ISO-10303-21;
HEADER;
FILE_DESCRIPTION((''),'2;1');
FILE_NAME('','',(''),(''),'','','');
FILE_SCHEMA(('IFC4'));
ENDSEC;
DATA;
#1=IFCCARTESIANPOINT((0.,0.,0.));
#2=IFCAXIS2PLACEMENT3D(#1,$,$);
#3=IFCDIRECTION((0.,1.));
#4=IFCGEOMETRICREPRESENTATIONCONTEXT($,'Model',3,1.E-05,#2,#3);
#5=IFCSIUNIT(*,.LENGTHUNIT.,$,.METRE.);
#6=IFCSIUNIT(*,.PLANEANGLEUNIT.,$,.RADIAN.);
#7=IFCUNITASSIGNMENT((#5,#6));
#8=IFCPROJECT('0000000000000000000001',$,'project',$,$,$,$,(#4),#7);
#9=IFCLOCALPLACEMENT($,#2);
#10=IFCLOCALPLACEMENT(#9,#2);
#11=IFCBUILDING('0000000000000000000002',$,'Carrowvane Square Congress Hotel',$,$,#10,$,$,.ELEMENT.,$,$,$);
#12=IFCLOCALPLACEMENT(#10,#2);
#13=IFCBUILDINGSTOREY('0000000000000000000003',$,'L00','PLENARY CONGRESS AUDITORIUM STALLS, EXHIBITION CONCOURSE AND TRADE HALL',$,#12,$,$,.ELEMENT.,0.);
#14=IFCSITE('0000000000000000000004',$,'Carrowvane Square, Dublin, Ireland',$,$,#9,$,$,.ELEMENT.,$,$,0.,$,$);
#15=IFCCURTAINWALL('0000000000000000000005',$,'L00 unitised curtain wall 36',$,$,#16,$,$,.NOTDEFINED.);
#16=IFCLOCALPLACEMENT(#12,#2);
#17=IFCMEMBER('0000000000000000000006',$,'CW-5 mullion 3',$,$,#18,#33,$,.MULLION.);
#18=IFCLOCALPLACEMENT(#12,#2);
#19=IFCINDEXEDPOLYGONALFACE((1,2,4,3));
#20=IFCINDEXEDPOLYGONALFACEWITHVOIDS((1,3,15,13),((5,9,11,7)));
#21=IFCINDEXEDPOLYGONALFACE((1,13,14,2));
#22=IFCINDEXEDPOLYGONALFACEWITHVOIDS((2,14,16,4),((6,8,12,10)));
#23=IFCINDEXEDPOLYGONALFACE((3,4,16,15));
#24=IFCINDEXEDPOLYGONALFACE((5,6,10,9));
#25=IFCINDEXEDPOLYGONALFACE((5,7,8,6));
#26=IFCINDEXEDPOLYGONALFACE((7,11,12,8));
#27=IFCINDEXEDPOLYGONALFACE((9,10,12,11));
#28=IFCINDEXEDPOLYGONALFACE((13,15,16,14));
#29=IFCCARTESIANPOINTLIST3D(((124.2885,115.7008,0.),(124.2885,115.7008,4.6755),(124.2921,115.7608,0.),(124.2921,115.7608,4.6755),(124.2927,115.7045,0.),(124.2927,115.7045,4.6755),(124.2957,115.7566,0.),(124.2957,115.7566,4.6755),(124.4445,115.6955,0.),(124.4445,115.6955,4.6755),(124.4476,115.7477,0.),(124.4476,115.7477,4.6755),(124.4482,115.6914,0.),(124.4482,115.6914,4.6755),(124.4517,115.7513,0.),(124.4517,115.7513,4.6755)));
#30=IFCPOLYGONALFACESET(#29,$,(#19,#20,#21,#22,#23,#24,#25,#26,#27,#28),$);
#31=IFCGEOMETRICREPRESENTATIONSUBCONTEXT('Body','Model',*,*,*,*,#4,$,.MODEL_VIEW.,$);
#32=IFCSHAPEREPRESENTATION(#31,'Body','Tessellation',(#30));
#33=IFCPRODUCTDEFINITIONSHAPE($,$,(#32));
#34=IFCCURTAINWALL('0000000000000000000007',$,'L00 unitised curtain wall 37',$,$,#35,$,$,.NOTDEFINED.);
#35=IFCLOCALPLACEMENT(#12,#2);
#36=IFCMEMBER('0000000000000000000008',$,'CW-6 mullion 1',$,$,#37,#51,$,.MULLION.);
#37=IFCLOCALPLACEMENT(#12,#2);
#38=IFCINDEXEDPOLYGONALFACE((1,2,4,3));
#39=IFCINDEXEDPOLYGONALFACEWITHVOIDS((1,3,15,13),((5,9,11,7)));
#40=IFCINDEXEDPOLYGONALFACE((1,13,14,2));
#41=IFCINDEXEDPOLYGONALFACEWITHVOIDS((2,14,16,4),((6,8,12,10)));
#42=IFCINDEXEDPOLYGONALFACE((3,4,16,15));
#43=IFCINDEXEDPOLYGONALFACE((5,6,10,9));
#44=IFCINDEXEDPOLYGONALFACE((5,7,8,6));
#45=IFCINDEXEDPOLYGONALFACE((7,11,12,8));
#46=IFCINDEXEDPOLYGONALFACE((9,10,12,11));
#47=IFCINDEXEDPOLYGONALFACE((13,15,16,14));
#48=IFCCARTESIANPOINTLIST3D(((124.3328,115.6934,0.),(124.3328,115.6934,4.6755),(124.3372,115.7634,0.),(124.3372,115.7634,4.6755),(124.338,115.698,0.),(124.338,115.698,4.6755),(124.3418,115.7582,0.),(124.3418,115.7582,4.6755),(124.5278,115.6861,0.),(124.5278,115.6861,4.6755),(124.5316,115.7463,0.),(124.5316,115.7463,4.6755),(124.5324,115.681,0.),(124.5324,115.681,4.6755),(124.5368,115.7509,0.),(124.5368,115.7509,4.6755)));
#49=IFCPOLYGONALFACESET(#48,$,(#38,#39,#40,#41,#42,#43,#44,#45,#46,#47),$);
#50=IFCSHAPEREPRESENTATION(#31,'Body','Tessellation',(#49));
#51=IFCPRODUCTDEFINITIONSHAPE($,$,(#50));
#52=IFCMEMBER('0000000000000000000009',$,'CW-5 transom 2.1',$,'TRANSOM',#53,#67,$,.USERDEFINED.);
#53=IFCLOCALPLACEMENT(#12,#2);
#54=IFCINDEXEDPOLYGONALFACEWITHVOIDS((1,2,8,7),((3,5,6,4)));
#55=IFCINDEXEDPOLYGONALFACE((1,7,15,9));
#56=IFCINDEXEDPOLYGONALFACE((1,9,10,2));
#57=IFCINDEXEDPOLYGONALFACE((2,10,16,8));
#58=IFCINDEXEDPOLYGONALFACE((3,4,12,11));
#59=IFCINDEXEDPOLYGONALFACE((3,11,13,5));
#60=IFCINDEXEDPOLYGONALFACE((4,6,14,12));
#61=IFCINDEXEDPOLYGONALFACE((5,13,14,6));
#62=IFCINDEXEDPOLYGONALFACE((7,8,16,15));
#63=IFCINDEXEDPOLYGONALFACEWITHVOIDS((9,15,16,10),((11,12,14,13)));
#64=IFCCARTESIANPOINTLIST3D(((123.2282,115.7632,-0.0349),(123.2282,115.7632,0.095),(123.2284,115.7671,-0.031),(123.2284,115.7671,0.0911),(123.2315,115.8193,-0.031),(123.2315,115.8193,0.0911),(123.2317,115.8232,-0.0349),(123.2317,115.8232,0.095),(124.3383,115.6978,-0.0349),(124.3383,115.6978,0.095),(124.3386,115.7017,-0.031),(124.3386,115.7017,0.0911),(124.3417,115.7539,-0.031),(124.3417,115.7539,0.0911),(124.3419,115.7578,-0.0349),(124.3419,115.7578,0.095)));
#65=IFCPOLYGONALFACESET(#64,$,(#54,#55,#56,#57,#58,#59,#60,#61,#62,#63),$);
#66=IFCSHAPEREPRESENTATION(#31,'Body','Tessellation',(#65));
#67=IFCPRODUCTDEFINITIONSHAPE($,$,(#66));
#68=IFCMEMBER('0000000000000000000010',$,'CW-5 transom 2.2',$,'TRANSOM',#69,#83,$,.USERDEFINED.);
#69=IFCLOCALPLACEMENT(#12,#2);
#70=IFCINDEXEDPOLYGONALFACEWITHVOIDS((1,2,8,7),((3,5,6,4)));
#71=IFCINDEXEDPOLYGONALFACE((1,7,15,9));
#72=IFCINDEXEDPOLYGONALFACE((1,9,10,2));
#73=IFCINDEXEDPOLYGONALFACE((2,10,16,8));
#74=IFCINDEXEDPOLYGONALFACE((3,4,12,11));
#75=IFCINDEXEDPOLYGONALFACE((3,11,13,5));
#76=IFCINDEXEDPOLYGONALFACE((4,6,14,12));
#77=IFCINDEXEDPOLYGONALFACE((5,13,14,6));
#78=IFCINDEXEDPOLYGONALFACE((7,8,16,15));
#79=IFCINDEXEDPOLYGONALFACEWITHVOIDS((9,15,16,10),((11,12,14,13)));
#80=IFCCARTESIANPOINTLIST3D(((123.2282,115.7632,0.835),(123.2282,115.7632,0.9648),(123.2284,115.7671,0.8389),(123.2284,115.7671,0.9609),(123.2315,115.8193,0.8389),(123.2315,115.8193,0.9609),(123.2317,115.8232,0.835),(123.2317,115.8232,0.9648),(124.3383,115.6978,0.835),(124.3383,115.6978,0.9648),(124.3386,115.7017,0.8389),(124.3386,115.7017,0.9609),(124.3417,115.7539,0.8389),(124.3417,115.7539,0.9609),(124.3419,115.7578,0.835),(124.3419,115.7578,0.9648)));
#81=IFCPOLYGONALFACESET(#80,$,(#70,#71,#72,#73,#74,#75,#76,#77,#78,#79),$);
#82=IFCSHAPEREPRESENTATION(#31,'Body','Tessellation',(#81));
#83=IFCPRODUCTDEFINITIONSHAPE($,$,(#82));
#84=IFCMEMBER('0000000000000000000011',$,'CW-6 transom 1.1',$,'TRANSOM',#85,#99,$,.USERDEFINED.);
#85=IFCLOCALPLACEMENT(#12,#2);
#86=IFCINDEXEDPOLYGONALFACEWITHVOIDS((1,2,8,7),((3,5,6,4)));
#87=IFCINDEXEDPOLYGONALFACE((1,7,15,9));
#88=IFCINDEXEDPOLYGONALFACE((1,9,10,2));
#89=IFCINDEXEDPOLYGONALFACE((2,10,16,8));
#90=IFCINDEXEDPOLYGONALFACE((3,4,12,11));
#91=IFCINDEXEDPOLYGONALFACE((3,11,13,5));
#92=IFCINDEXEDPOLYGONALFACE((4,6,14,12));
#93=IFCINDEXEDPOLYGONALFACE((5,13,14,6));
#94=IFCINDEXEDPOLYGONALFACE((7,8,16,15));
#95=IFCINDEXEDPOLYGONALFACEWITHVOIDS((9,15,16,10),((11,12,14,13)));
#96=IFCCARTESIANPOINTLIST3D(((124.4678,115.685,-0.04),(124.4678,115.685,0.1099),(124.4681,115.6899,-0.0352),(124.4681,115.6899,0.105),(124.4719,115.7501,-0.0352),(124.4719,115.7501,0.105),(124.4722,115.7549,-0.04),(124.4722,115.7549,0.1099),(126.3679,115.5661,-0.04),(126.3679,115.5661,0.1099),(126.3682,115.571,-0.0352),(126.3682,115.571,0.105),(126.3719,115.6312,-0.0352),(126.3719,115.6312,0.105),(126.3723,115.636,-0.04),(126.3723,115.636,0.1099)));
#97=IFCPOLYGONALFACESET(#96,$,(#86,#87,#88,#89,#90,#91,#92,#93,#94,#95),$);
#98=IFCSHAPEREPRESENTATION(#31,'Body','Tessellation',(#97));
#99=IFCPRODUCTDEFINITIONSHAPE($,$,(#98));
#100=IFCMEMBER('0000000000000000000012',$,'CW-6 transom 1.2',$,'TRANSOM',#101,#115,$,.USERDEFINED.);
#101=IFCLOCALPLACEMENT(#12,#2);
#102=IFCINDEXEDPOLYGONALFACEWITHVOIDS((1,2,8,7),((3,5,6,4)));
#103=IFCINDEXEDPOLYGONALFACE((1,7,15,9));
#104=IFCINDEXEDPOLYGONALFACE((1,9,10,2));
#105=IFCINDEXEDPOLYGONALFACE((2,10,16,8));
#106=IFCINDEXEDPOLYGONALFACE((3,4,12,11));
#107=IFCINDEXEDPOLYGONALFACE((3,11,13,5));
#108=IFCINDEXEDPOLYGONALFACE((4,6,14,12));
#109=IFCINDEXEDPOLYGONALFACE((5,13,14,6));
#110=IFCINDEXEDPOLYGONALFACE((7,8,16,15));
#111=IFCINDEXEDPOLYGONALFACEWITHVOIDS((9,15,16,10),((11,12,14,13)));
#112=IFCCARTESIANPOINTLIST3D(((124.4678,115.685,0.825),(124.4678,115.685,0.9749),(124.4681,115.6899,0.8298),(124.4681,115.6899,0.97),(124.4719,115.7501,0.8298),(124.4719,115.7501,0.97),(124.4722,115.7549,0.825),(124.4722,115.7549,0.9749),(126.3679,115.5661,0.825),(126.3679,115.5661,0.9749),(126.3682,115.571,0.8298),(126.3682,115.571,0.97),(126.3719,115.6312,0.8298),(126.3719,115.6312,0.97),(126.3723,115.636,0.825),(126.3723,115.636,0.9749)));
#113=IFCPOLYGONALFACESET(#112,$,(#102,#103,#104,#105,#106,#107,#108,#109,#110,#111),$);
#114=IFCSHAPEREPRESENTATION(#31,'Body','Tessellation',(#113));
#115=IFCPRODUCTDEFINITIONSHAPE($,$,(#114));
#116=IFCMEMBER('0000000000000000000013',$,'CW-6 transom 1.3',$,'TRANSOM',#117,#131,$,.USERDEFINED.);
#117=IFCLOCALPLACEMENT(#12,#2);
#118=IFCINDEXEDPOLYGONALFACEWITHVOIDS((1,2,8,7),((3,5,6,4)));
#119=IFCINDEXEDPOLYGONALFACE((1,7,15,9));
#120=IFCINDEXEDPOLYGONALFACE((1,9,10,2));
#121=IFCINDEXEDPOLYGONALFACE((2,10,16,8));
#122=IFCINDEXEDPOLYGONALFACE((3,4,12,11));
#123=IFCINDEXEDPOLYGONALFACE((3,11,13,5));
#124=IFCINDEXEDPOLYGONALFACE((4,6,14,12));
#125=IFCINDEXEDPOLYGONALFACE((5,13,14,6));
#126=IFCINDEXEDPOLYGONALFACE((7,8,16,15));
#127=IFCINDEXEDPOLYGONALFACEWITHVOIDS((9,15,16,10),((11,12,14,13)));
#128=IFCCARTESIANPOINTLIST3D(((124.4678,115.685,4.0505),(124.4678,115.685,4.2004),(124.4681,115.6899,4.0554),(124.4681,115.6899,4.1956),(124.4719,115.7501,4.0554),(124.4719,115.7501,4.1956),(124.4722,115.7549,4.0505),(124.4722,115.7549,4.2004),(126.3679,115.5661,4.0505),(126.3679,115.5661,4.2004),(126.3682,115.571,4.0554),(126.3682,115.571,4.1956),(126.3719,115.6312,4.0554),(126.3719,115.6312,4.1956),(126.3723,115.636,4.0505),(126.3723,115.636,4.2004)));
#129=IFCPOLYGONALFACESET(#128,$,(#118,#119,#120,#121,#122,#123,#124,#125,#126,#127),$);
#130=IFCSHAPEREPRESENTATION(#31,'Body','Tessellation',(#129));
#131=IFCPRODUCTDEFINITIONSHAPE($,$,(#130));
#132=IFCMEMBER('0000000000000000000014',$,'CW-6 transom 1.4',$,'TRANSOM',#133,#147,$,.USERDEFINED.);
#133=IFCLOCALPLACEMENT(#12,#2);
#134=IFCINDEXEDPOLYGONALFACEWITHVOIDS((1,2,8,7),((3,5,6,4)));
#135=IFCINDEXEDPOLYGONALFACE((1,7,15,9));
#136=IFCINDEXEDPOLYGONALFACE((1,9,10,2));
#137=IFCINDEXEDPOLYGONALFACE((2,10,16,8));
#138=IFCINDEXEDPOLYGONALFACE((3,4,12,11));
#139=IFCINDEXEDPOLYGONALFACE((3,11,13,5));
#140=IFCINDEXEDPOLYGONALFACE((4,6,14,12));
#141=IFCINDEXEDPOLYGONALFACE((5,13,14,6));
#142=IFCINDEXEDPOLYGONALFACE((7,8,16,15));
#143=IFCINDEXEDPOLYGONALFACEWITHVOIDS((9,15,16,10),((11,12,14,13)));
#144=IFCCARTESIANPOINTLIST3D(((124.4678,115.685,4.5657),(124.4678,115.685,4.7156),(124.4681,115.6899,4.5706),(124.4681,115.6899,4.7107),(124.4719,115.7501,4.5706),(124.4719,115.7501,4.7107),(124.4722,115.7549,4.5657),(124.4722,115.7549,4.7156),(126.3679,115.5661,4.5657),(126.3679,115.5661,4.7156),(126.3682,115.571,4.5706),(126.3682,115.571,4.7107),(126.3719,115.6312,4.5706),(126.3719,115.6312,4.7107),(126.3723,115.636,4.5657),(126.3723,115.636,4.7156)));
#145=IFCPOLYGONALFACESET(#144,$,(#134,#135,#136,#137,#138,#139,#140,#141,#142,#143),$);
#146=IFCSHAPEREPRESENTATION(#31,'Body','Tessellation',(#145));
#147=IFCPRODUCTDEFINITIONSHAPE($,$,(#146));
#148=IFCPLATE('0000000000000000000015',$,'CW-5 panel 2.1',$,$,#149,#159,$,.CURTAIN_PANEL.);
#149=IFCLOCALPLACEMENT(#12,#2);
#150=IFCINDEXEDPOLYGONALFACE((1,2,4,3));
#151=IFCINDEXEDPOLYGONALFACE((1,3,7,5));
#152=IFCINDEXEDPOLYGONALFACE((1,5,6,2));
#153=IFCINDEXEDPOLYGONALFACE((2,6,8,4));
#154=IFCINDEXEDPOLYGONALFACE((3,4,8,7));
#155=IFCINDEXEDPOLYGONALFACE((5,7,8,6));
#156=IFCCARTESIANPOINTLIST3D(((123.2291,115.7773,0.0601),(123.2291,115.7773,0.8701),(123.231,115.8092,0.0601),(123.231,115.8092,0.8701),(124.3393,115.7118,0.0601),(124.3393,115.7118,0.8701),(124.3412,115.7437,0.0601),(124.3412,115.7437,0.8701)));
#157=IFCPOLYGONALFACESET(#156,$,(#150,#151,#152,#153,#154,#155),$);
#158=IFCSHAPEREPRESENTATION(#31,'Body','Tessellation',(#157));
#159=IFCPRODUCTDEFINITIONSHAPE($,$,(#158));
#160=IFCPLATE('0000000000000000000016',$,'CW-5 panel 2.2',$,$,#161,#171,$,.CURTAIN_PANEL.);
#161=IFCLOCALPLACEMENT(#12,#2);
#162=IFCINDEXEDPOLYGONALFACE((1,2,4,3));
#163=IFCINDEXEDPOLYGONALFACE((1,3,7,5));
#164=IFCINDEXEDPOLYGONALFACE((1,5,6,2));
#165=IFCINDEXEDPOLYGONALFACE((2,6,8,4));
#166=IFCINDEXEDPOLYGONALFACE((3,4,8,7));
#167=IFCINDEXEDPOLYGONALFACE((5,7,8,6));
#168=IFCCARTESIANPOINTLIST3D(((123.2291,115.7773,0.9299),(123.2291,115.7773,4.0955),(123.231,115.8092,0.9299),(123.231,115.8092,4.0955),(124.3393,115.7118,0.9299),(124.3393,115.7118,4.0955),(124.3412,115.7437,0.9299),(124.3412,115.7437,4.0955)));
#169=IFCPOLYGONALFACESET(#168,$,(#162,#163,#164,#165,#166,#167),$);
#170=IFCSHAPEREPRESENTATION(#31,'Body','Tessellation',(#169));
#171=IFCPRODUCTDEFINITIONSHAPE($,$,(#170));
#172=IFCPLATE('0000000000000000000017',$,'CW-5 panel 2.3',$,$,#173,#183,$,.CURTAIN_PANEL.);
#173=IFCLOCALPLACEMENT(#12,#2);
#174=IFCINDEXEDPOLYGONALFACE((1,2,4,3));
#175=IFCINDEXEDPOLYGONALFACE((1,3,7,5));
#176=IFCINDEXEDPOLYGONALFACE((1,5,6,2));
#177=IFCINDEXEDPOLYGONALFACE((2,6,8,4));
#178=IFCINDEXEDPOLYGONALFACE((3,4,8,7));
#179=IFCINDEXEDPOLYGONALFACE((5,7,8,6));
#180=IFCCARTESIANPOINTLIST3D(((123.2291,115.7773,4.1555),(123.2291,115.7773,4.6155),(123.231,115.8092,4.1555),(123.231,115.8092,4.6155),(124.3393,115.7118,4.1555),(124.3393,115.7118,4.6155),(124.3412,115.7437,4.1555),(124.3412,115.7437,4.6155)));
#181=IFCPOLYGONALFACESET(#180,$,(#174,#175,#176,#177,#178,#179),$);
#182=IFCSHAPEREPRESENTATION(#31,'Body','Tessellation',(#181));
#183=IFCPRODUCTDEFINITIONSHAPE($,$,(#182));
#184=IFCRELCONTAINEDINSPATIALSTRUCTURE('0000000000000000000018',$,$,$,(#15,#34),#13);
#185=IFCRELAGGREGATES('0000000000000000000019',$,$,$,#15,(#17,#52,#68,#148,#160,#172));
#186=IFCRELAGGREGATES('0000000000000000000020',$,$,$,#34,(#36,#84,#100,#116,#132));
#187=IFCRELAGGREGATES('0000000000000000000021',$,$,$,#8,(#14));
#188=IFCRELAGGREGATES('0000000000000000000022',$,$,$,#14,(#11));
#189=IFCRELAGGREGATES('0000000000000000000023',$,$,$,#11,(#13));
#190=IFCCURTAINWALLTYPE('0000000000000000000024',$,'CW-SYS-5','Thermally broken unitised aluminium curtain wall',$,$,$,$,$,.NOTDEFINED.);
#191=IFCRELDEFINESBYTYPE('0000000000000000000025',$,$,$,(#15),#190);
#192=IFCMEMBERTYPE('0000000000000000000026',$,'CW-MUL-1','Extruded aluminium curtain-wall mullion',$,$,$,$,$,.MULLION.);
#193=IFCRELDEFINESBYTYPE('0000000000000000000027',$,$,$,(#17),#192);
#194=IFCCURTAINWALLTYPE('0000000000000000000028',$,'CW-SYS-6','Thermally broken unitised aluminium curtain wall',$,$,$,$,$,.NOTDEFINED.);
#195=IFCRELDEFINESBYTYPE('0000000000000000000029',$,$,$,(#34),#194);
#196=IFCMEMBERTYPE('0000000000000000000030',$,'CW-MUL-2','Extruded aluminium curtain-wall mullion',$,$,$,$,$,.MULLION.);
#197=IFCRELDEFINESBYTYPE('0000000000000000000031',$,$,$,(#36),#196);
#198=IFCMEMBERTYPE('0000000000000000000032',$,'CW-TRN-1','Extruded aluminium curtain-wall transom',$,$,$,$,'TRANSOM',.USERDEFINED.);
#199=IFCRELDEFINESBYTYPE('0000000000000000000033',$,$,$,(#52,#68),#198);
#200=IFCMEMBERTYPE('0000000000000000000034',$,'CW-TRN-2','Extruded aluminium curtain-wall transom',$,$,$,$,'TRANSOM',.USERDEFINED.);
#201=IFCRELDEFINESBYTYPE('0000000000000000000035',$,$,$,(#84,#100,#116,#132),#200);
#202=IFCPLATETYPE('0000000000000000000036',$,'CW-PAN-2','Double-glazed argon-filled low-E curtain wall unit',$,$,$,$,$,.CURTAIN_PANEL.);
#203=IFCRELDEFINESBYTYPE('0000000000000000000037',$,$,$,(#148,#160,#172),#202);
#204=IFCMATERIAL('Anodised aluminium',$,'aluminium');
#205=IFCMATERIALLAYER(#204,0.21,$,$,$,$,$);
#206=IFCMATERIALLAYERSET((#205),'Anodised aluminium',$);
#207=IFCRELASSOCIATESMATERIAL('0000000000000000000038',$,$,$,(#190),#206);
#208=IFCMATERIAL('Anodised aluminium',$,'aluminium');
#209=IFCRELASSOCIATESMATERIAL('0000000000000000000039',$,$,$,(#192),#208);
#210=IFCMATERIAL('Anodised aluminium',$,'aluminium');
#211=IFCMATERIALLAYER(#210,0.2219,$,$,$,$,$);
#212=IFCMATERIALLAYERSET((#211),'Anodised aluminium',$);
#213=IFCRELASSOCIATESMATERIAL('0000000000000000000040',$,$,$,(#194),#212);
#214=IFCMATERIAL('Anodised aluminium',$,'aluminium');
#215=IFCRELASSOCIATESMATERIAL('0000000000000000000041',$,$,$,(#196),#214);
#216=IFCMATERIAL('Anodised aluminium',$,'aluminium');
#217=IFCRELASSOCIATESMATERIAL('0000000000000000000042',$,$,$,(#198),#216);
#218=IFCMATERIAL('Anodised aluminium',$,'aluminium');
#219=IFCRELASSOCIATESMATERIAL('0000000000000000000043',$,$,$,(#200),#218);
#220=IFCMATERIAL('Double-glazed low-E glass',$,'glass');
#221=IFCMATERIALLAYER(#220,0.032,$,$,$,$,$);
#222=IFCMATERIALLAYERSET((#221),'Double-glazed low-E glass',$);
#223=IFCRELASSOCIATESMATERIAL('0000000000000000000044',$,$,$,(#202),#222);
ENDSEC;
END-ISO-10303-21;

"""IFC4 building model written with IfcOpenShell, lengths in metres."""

from ifc_helpers import new_model, si_unit, direction, frame, origin, origin_2d, place, context, subcontext, project, spatial, rectangle, hollow_rectangle, extrude, material, layer, layer_set, material_profile, profile_set, type_object, element, aggregate, save


model = new_model("IFC4")

# Units and contexts
model_context = context("Model", 3, precision=1e-05, world=origin(), true_north=direction((0.0, 1.0)))
body_context = subcontext(model_context, "Body", "Model", "MODEL_VIEW")
ifc_project = project(units=[si_unit("LENGTHUNIT", "METRE"), si_unit("PLANEANGLEUNIT", "RADIAN")], contexts=[model_context])

# Site, building, storey
site_placement = place(None, origin())
site = spatial("IfcSite", under=ifc_project, at=site_placement, Name="Carrowvane Square, Dublin, Ireland", CompositionType="ELEMENT", RefElevation=0.0)
building_placement = place(site_placement, origin())
building = spatial("IfcBuilding", under=site, at=building_placement, Name="Carrowvane Square Congress Hotel", CompositionType="ELEMENT")
storey_placement = place(building_placement, origin())
storey = spatial("IfcBuildingStorey", under=building, at=storey_placement, Name="L00", Description="PLENARY CONGRESS AUDITORIUM STALLS, EXHIBITION CONCOURSE AND TRADE HALL", CompositionType="ELEMENT", Elevation=0.0)

# Curtain walls, members
ifc_material_1 = material(Name="Anodised aluminium", Category="aluminium")
ifc_layer_1 = layer(ifc_material_1, 0.21)
ifc_layer_set_1 = layer_set([ifc_layer_1], Name="Anodised aluminium")
curtain_wall_type_1 = type_object("IfcCurtainWallType", Name="CW-SYS-5", Description="Thermally broken unitised aluminium curtain wall", PredefinedType="NOTDEFINED", material=ifc_layer_set_1)
curtain_wall_1_placement = place(storey_placement, origin())
curtain_wall_1 = element("IfcCurtainWall", 1, at=curtain_wall_1_placement, inside=storey, type_object=curtain_wall_type_1, Name="L00 unitised curtain wall 36", PredefinedType="NOTDEFINED")
ifc_material_2 = material(Name="Anodised aluminium", Category="aluminium")
ifc_material_profile_1 = material_profile(ifc_material_2, hollow_rectangle(XDim=0.0601, YDim=0.1599, WallThickness=0.0039, at=origin_2d()), Name="CW-ML 60x160x4")
ifc_profile_set_1 = profile_set([ifc_material_profile_1], Name="Anodised aluminium")
member_type_1 = type_object("IfcMemberType", Name="CW-MUL-1", Description="Extruded aluminium curtain-wall mullion", PredefinedType="MULLION", material=ifc_profile_set_1)
member_1_placement = place(storey_placement, frame((124.3701, 115.7261, 0.0), z_axis=(0.0, 0.0, 1.0), x_axis=(0.058851, 0.998267, 0.0)))
member_1 = element("IfcMember", 2, at=member_1_placement, type_object=member_type_1, Name="CW-5 mullion 3", PredefinedType="MULLION", context=body_context, shape_type="SweptSolid", body=[
    extrude(hollow_rectangle(XDim=0.0601, YDim=0.1599, WallThickness=0.0039, at=origin_2d()), origin(), (0.0, 0.0, 1.0), 4.6755),
])
ifc_material_3 = material(Name="Anodised aluminium", Category="aluminium")
ifc_layer_2 = layer(ifc_material_3, 0.2219)
ifc_layer_set_2 = layer_set([ifc_layer_2], Name="Anodised aluminium")
curtain_wall_type_2 = type_object("IfcCurtainWallType", Name="CW-SYS-6", Description="Thermally broken unitised aluminium curtain wall", PredefinedType="NOTDEFINED", material=ifc_layer_set_2)
curtain_wall_2_placement = place(storey_placement, origin())
curtain_wall_2 = element("IfcCurtainWall", 3, at=curtain_wall_2_placement, inside=storey, type_object=curtain_wall_type_2, Name="L00 unitised curtain wall 37", PredefinedType="NOTDEFINED")
ifc_material_4 = material(Name="Anodised aluminium", Category="aluminium")
ifc_material_profile_2 = material_profile(ifc_material_4, hollow_rectangle(XDim=0.0701, YDim=0.2, WallThickness=0.0049, at=origin_2d()), Name="CW-ML 70x200x5")
ifc_profile_set_2 = profile_set([ifc_material_profile_2], Name="Anodised aluminium")
member_type_2 = type_object("IfcMemberType", Name="CW-MUL-2", Description="Extruded aluminium curtain-wall mullion", PredefinedType="MULLION", material=ifc_profile_set_2)
member_2_placement = place(storey_placement, frame((124.4348, 115.7222, 0.0), z_axis=(0.0, 0.0, 1.0), x_axis=(0.062397, 0.998051, 0.0)))
member_2 = element("IfcMember", 4, at=member_2_placement, type_object=member_type_2, Name="CW-6 mullion 1", PredefinedType="MULLION", context=body_context, shape_type="SweptSolid", body=[
    extrude(hollow_rectangle(XDim=0.0701, YDim=0.2, WallThickness=0.0049, at=origin_2d()), origin(), (0.0, 0.0, 1.0), 4.6755),
])

# Members
ifc_material_5 = material(Name="Anodised aluminium", Category="aluminium")
ifc_material_profile_3 = material_profile(ifc_material_5, hollow_rectangle(XDim=0.0601, YDim=0.1299, WallThickness=0.0039, at=origin_2d()), Name="CW-TR 60x130x4")
ifc_profile_set_3 = profile_set([ifc_material_profile_3], Name="Anodised aluminium")
member_type_3 = type_object("IfcMemberType", Name="CW-TRN-1", Description="Extruded aluminium curtain-wall transom", ElementType="TRANSOM", PredefinedType="USERDEFINED", material=ifc_profile_set_3)
member_3_placement = place(storey_placement, frame((123.23, 115.7932, 0.03), z_axis=(0.998268, -0.058838, 0.0), x_axis=(0.058838, 0.998268, 0.0)))
member_3 = element("IfcMember", 5, at=member_3_placement, type_object=member_type_3, Name="CW-5 transom 2.1", ObjectType="TRANSOM", PredefinedType="USERDEFINED", context=body_context, shape_type="SweptSolid", body=[
    extrude(hollow_rectangle(XDim=0.0601, YDim=0.1299, WallThickness=0.0039, at=origin_2d()), origin(), (0.0, 0.0, 1.0), 1.1121),
])
member_4_placement = place(storey_placement, frame((123.23, 115.7932, 0.8999), z_axis=(0.998268, -0.058838, 0.0), x_axis=(0.058838, 0.998268, 0.0)))
member_4 = element("IfcMember", 6, at=member_4_placement, type_object=member_type_3, Name="CW-5 transom 2.2", ObjectType="TRANSOM", PredefinedType="USERDEFINED", context=body_context, shape_type="SweptSolid", body=[
    extrude(hollow_rectangle(XDim=0.0601, YDim=0.1299, WallThickness=0.0039, at=origin_2d()), origin(), (0.0, 0.0, 1.0), 1.1121),
])
ifc_material_6 = material(Name="Anodised aluminium", Category="aluminium")
ifc_material_profile_4 = material_profile(ifc_material_6, hollow_rectangle(XDim=0.0701, YDim=0.1499, WallThickness=0.0049, at=origin_2d()), Name="CW-TR 70x150x5")
ifc_profile_set_4 = profile_set([ifc_material_profile_4], Name="Anodised aluminium")
member_type_4 = type_object("IfcMemberType", Name="CW-TRN-2", Description="Extruded aluminium curtain-wall transom", ElementType="TRANSOM", PredefinedType="USERDEFINED", material=ifc_profile_set_4)
member_5_placement = place(storey_placement, frame((124.47, 115.72, 0.0349), z_axis=(0.998048, -0.06245, 0.0), x_axis=(0.06245, 0.998048, 0.0)))
member_5 = element("IfcMember", 7, at=member_5_placement, type_object=member_type_4, Name="CW-6 transom 1.1", ObjectType="TRANSOM", PredefinedType="USERDEFINED", context=body_context, shape_type="SweptSolid", body=[
    extrude(hollow_rectangle(XDim=0.0701, YDim=0.1499, WallThickness=0.0049, at=origin_2d()), origin(), (0.0, 0.0, 1.0), 1.9038),
])
member_6_placement = place(storey_placement, frame((124.47, 115.72, 0.8999), z_axis=(0.998048, -0.06245, 0.0), x_axis=(0.06245, 0.998048, 0.0)))
member_6 = element("IfcMember", 8, at=member_6_placement, type_object=member_type_4, Name="CW-6 transom 1.2", ObjectType="TRANSOM", PredefinedType="USERDEFINED", context=body_context, shape_type="SweptSolid", body=[
    extrude(hollow_rectangle(XDim=0.0701, YDim=0.1499, WallThickness=0.0049, at=origin_2d()), origin(), (0.0, 0.0, 1.0), 1.9038),
])
member_7_placement = place(storey_placement, frame((124.47, 115.72, 4.1255), z_axis=(0.998048, -0.06245, 0.0), x_axis=(0.06245, 0.998048, 0.0)))
member_7 = element("IfcMember", 9, at=member_7_placement, type_object=member_type_4, Name="CW-6 transom 1.3", ObjectType="TRANSOM", PredefinedType="USERDEFINED", context=body_context, shape_type="SweptSolid", body=[
    extrude(hollow_rectangle(XDim=0.0701, YDim=0.1499, WallThickness=0.0049, at=origin_2d()), origin(), (0.0, 0.0, 1.0), 1.9038),
])
member_8_placement = place(storey_placement, frame((124.47, 115.72, 4.6406), z_axis=(0.998048, -0.06245, 0.0), x_axis=(0.06245, 0.998048, 0.0)))
member_8 = element("IfcMember", 10, at=member_8_placement, type_object=member_type_4, Name="CW-6 transom 1.4", ObjectType="TRANSOM", PredefinedType="USERDEFINED", context=body_context, shape_type="SweptSolid", body=[
    extrude(hollow_rectangle(XDim=0.0701, YDim=0.1499, WallThickness=0.0049, at=origin_2d()), origin(), (0.0, 0.0, 1.0), 1.9038),
])

# Plates
ifc_material_7 = material(Name="Double-glazed low-E glass", Category="glass")
ifc_layer_3 = layer(ifc_material_7, 0.032)
ifc_layer_set_3 = layer_set([ifc_layer_3], Name="Double-glazed low-E glass")
plate_type_1 = type_object("IfcPlateType", Name="CW-PAN-2", Description="Double-glazed argon-filled low-E curtain wall unit", PredefinedType="CURTAIN_PANEL", material=ifc_layer_set_3)
plate_1_placement = place(storey_placement, frame((123.7852, 115.7605, 0.0601), z_axis=(0.0, 0.0, 1.0), x_axis=(0.998267, -0.058851, 0.0)))
plate_1 = element("IfcPlate", 11, at=plate_1_placement, type_object=plate_type_1, Name="CW-5 panel 2.1", PredefinedType="CURTAIN_PANEL", context=body_context, shape_type="SweptSolid", body=[
    extrude(rectangle(XDim=1.1121, YDim=0.032, at=origin_2d()), origin(), (0.0, 0.0, 1.0), 0.8101),
])
plate_2_placement = place(storey_placement, frame((123.7852, 115.7605, 0.9299), z_axis=(0.0, 0.0, 1.0), x_axis=(0.998267, -0.058851, 0.0)))
plate_2 = element("IfcPlate", 12, at=plate_2_placement, type_object=plate_type_1, Name="CW-5 panel 2.2", PredefinedType="CURTAIN_PANEL", context=body_context, shape_type="SweptSolid", body=[
    extrude(rectangle(XDim=1.1121, YDim=0.032, at=origin_2d()), origin(), (0.0, 0.0, 1.0), 3.1655),
])
plate_3_placement = place(storey_placement, frame((123.7852, 115.7605, 4.1555), z_axis=(0.0, 0.0, 1.0), x_axis=(0.998267, -0.058851, 0.0)))
plate_3 = element("IfcPlate", 13, at=plate_3_placement, type_object=plate_type_1, Name="CW-5 panel 2.3", PredefinedType="CURTAIN_PANEL", context=body_context, shape_type="SweptSolid", body=[
    extrude(rectangle(XDim=1.1121, YDim=0.032, at=origin_2d()), origin(), (0.0, 0.0, 1.0), 0.46),
])
aggregate(curtain_wall_1, [member_1, member_3, member_4, plate_1, plate_2, plate_3])
aggregate(curtain_wall_2, [member_2, member_5, member_6, member_7, member_8])

save(model, "model.ifc")
